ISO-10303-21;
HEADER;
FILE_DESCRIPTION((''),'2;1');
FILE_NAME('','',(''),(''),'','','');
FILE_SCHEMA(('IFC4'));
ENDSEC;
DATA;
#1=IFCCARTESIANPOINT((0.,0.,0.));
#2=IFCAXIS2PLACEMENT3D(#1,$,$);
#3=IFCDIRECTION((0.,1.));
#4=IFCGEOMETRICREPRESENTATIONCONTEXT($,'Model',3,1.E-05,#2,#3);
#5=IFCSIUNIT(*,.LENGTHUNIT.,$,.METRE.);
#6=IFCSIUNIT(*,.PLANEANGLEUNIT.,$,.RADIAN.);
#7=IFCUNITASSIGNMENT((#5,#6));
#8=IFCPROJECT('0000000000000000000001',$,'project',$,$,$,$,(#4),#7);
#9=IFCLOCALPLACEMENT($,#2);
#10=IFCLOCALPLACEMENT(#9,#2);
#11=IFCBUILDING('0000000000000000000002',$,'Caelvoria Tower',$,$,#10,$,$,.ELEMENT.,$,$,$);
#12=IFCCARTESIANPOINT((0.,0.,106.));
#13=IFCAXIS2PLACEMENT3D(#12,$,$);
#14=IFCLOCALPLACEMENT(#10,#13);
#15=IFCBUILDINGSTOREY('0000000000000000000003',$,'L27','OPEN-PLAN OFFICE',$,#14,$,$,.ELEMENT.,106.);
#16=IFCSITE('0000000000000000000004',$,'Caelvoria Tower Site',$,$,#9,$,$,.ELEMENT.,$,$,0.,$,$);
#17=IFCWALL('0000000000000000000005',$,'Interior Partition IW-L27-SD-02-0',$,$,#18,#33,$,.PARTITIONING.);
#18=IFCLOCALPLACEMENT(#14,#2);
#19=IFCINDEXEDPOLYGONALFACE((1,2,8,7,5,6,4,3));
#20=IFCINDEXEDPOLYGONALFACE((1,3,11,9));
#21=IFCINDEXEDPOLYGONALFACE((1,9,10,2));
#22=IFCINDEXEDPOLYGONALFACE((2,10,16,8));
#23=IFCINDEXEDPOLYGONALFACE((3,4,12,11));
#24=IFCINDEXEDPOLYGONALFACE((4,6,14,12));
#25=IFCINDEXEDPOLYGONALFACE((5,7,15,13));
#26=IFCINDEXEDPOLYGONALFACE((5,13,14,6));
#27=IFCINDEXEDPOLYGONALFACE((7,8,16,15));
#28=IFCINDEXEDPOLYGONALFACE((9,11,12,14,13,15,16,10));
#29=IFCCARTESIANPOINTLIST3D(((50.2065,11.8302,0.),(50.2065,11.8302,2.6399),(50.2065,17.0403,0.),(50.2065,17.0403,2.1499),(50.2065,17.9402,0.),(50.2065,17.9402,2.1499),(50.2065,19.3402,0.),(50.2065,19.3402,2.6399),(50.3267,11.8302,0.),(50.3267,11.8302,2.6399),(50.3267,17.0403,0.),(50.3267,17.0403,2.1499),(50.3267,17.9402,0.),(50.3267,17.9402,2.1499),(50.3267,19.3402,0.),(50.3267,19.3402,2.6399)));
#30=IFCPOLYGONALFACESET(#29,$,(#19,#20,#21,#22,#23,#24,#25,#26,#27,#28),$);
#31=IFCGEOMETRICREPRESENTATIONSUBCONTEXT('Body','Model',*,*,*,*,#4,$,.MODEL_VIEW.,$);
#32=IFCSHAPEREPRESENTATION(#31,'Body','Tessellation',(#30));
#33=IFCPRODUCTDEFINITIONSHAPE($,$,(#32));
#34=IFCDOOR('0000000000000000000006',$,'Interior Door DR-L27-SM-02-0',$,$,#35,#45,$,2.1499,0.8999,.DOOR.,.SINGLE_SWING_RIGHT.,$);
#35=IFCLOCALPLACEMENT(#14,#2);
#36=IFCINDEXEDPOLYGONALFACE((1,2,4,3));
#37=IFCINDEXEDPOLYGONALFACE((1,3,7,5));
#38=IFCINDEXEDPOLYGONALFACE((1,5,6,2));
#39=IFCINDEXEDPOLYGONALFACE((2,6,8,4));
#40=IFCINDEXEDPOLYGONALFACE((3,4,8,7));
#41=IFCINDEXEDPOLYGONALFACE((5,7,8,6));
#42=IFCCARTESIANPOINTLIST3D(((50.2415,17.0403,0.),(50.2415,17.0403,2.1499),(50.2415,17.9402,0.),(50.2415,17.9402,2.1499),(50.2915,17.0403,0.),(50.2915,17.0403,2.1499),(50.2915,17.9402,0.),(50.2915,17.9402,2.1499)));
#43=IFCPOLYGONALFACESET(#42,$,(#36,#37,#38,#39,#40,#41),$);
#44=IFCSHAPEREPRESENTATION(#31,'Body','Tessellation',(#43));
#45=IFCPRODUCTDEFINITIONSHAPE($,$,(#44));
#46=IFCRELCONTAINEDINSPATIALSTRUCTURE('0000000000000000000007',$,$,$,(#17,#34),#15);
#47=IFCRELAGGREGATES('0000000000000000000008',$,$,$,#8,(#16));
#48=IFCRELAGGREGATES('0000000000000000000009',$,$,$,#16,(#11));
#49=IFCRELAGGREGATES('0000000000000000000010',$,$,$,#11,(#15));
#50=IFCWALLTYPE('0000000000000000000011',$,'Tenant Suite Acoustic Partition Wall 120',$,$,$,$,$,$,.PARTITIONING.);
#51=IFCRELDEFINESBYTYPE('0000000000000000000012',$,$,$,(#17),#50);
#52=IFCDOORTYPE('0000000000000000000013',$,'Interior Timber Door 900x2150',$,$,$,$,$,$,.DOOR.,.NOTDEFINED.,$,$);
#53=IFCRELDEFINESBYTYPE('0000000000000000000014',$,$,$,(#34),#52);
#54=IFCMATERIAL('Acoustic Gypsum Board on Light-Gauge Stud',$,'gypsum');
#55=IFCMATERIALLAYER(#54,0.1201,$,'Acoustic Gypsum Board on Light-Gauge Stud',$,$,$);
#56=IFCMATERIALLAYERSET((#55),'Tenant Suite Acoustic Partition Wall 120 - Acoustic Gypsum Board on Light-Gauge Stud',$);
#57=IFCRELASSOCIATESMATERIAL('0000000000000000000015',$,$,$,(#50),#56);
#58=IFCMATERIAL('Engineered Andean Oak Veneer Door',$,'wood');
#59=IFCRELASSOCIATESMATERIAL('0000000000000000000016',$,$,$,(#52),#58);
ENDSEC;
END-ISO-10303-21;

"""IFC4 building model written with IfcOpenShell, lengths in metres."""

from ifc_helpers import new_model, si_unit, direction, frame, frame_2d, origin, place, context, subcontext, project, spatial, rectangle, extrude, material, layer, layer_set, type_object, element, fill, save


model = new_model("IFC4")

# Units and contexts
model_context = context("Model", 3, precision=1e-05, world=origin(), true_north=direction((0.0, 1.0)))
body_context = subcontext(model_context, "Body", "Model", "MODEL_VIEW")
ifc_project = project(units=[si_unit("LENGTHUNIT", "METRE"), si_unit("PLANEANGLEUNIT", "RADIAN")], contexts=[model_context])

# Site, building, storey
site_placement = place(None, origin())
site = spatial("IfcSite", under=ifc_project, at=site_placement, Name="Caelvoria Tower Site", CompositionType="ELEMENT", RefElevation=0.0)
building_placement = place(site_placement, origin())
building = spatial("IfcBuilding", under=site, at=building_placement, Name="Caelvoria Tower", CompositionType="ELEMENT")
storey_placement = place(building_placement, frame((0.0, 0.0, 106.0)))
storey = spatial("IfcBuildingStorey", under=building, at=storey_placement, Name="L27", Description="OPEN-PLAN OFFICE", CompositionType="ELEMENT", Elevation=106.0)

# Wall, opening, door
ifc_material_1 = material(Name="Acoustic Gypsum Board on Light-Gauge Stud", Category="gypsum")
ifc_layer_1 = layer(ifc_material_1, 0.1201, Name="Acoustic Gypsum Board on Light-Gauge Stud")
ifc_layer_set_1 = layer_set([ifc_layer_1], Name="Tenant Suite Acoustic Partition Wall 120 - Acoustic Gypsum Board on Light-Gauge Stud")
wall_type_1 = type_object("IfcWallType", Name="Tenant Suite Acoustic Partition Wall 120", PredefinedType="PARTITIONING", material=ifc_layer_set_1)
ifc_material_2 = material(Name="Engineered Andean Oak Veneer Door", Category="wood")
door_type_1 = type_object("IfcDoorType", Name="Interior Timber Door 900x2150", OperationType="NOTDEFINED", PredefinedType="DOOR", material=ifc_material_2)
wall_1_placement = place(storey_placement, frame((50.2666, 19.3401, 0.0), z_axis=(0.0, 0.0, 1.0), x_axis=(0.0, -1.0, 0.0)))
wall_1 = element("IfcWall", 1, at=wall_1_placement, inside=storey, type_object=wall_type_1, Name="Interior Partition IW-L27-SD-02-0", PredefinedType="PARTITIONING", context=body_context, shape_type="SweptSolid", body=[
    extrude(rectangle(XDim=7.51, YDim=0.1201, at=frame_2d((3.7549, 0.0))), origin(), (0.0, 0.0, 1.0), 2.6399),
])
opening_1_placement = place(wall_1_placement, frame((1.3999, 0.0, 0.0)))
opening_1 = element("IfcOpeningElement", 2, at=opening_1_placement, cuts=wall_1, PredefinedType="OPENING", context=body_context, shape_type="SweptSolid", body=[
    extrude(rectangle(XDim=0.8999, YDim=2.1499, at=frame_2d((0.45, 1.075))), frame((0.0, 0.0701, 0.0), z_axis=(0.0, -1.0, 0.0), x_axis=(1.0, 0.0, 0.0)), (0.0, 0.0, 1.0), 0.1401),
])
door_1_placement = place(opening_1_placement, origin())
door_1 = element("IfcDoor", 3, at=door_1_placement, inside=storey, type_object=door_type_1, Name="Interior Door DR-L27-SM-02-0", OperationType="SINGLE_SWING_RIGHT", OverallHeight=2.1499, OverallWidth=0.8999, PredefinedType="DOOR", context=body_context, shape_type="SweptSolid", body=[
    extrude(rectangle(XDim=0.8999, YDim=2.1499, at=frame_2d((0.45, 1.075))), frame((0.0, 0.0249, 0.0), z_axis=(0.0, -1.0, 0.0), x_axis=(1.0, 0.0, 0.0)), (0.0, 0.0, 1.0), 0.05),
])
fill(opening_1, door_1)

save(model, "model.ifc")
